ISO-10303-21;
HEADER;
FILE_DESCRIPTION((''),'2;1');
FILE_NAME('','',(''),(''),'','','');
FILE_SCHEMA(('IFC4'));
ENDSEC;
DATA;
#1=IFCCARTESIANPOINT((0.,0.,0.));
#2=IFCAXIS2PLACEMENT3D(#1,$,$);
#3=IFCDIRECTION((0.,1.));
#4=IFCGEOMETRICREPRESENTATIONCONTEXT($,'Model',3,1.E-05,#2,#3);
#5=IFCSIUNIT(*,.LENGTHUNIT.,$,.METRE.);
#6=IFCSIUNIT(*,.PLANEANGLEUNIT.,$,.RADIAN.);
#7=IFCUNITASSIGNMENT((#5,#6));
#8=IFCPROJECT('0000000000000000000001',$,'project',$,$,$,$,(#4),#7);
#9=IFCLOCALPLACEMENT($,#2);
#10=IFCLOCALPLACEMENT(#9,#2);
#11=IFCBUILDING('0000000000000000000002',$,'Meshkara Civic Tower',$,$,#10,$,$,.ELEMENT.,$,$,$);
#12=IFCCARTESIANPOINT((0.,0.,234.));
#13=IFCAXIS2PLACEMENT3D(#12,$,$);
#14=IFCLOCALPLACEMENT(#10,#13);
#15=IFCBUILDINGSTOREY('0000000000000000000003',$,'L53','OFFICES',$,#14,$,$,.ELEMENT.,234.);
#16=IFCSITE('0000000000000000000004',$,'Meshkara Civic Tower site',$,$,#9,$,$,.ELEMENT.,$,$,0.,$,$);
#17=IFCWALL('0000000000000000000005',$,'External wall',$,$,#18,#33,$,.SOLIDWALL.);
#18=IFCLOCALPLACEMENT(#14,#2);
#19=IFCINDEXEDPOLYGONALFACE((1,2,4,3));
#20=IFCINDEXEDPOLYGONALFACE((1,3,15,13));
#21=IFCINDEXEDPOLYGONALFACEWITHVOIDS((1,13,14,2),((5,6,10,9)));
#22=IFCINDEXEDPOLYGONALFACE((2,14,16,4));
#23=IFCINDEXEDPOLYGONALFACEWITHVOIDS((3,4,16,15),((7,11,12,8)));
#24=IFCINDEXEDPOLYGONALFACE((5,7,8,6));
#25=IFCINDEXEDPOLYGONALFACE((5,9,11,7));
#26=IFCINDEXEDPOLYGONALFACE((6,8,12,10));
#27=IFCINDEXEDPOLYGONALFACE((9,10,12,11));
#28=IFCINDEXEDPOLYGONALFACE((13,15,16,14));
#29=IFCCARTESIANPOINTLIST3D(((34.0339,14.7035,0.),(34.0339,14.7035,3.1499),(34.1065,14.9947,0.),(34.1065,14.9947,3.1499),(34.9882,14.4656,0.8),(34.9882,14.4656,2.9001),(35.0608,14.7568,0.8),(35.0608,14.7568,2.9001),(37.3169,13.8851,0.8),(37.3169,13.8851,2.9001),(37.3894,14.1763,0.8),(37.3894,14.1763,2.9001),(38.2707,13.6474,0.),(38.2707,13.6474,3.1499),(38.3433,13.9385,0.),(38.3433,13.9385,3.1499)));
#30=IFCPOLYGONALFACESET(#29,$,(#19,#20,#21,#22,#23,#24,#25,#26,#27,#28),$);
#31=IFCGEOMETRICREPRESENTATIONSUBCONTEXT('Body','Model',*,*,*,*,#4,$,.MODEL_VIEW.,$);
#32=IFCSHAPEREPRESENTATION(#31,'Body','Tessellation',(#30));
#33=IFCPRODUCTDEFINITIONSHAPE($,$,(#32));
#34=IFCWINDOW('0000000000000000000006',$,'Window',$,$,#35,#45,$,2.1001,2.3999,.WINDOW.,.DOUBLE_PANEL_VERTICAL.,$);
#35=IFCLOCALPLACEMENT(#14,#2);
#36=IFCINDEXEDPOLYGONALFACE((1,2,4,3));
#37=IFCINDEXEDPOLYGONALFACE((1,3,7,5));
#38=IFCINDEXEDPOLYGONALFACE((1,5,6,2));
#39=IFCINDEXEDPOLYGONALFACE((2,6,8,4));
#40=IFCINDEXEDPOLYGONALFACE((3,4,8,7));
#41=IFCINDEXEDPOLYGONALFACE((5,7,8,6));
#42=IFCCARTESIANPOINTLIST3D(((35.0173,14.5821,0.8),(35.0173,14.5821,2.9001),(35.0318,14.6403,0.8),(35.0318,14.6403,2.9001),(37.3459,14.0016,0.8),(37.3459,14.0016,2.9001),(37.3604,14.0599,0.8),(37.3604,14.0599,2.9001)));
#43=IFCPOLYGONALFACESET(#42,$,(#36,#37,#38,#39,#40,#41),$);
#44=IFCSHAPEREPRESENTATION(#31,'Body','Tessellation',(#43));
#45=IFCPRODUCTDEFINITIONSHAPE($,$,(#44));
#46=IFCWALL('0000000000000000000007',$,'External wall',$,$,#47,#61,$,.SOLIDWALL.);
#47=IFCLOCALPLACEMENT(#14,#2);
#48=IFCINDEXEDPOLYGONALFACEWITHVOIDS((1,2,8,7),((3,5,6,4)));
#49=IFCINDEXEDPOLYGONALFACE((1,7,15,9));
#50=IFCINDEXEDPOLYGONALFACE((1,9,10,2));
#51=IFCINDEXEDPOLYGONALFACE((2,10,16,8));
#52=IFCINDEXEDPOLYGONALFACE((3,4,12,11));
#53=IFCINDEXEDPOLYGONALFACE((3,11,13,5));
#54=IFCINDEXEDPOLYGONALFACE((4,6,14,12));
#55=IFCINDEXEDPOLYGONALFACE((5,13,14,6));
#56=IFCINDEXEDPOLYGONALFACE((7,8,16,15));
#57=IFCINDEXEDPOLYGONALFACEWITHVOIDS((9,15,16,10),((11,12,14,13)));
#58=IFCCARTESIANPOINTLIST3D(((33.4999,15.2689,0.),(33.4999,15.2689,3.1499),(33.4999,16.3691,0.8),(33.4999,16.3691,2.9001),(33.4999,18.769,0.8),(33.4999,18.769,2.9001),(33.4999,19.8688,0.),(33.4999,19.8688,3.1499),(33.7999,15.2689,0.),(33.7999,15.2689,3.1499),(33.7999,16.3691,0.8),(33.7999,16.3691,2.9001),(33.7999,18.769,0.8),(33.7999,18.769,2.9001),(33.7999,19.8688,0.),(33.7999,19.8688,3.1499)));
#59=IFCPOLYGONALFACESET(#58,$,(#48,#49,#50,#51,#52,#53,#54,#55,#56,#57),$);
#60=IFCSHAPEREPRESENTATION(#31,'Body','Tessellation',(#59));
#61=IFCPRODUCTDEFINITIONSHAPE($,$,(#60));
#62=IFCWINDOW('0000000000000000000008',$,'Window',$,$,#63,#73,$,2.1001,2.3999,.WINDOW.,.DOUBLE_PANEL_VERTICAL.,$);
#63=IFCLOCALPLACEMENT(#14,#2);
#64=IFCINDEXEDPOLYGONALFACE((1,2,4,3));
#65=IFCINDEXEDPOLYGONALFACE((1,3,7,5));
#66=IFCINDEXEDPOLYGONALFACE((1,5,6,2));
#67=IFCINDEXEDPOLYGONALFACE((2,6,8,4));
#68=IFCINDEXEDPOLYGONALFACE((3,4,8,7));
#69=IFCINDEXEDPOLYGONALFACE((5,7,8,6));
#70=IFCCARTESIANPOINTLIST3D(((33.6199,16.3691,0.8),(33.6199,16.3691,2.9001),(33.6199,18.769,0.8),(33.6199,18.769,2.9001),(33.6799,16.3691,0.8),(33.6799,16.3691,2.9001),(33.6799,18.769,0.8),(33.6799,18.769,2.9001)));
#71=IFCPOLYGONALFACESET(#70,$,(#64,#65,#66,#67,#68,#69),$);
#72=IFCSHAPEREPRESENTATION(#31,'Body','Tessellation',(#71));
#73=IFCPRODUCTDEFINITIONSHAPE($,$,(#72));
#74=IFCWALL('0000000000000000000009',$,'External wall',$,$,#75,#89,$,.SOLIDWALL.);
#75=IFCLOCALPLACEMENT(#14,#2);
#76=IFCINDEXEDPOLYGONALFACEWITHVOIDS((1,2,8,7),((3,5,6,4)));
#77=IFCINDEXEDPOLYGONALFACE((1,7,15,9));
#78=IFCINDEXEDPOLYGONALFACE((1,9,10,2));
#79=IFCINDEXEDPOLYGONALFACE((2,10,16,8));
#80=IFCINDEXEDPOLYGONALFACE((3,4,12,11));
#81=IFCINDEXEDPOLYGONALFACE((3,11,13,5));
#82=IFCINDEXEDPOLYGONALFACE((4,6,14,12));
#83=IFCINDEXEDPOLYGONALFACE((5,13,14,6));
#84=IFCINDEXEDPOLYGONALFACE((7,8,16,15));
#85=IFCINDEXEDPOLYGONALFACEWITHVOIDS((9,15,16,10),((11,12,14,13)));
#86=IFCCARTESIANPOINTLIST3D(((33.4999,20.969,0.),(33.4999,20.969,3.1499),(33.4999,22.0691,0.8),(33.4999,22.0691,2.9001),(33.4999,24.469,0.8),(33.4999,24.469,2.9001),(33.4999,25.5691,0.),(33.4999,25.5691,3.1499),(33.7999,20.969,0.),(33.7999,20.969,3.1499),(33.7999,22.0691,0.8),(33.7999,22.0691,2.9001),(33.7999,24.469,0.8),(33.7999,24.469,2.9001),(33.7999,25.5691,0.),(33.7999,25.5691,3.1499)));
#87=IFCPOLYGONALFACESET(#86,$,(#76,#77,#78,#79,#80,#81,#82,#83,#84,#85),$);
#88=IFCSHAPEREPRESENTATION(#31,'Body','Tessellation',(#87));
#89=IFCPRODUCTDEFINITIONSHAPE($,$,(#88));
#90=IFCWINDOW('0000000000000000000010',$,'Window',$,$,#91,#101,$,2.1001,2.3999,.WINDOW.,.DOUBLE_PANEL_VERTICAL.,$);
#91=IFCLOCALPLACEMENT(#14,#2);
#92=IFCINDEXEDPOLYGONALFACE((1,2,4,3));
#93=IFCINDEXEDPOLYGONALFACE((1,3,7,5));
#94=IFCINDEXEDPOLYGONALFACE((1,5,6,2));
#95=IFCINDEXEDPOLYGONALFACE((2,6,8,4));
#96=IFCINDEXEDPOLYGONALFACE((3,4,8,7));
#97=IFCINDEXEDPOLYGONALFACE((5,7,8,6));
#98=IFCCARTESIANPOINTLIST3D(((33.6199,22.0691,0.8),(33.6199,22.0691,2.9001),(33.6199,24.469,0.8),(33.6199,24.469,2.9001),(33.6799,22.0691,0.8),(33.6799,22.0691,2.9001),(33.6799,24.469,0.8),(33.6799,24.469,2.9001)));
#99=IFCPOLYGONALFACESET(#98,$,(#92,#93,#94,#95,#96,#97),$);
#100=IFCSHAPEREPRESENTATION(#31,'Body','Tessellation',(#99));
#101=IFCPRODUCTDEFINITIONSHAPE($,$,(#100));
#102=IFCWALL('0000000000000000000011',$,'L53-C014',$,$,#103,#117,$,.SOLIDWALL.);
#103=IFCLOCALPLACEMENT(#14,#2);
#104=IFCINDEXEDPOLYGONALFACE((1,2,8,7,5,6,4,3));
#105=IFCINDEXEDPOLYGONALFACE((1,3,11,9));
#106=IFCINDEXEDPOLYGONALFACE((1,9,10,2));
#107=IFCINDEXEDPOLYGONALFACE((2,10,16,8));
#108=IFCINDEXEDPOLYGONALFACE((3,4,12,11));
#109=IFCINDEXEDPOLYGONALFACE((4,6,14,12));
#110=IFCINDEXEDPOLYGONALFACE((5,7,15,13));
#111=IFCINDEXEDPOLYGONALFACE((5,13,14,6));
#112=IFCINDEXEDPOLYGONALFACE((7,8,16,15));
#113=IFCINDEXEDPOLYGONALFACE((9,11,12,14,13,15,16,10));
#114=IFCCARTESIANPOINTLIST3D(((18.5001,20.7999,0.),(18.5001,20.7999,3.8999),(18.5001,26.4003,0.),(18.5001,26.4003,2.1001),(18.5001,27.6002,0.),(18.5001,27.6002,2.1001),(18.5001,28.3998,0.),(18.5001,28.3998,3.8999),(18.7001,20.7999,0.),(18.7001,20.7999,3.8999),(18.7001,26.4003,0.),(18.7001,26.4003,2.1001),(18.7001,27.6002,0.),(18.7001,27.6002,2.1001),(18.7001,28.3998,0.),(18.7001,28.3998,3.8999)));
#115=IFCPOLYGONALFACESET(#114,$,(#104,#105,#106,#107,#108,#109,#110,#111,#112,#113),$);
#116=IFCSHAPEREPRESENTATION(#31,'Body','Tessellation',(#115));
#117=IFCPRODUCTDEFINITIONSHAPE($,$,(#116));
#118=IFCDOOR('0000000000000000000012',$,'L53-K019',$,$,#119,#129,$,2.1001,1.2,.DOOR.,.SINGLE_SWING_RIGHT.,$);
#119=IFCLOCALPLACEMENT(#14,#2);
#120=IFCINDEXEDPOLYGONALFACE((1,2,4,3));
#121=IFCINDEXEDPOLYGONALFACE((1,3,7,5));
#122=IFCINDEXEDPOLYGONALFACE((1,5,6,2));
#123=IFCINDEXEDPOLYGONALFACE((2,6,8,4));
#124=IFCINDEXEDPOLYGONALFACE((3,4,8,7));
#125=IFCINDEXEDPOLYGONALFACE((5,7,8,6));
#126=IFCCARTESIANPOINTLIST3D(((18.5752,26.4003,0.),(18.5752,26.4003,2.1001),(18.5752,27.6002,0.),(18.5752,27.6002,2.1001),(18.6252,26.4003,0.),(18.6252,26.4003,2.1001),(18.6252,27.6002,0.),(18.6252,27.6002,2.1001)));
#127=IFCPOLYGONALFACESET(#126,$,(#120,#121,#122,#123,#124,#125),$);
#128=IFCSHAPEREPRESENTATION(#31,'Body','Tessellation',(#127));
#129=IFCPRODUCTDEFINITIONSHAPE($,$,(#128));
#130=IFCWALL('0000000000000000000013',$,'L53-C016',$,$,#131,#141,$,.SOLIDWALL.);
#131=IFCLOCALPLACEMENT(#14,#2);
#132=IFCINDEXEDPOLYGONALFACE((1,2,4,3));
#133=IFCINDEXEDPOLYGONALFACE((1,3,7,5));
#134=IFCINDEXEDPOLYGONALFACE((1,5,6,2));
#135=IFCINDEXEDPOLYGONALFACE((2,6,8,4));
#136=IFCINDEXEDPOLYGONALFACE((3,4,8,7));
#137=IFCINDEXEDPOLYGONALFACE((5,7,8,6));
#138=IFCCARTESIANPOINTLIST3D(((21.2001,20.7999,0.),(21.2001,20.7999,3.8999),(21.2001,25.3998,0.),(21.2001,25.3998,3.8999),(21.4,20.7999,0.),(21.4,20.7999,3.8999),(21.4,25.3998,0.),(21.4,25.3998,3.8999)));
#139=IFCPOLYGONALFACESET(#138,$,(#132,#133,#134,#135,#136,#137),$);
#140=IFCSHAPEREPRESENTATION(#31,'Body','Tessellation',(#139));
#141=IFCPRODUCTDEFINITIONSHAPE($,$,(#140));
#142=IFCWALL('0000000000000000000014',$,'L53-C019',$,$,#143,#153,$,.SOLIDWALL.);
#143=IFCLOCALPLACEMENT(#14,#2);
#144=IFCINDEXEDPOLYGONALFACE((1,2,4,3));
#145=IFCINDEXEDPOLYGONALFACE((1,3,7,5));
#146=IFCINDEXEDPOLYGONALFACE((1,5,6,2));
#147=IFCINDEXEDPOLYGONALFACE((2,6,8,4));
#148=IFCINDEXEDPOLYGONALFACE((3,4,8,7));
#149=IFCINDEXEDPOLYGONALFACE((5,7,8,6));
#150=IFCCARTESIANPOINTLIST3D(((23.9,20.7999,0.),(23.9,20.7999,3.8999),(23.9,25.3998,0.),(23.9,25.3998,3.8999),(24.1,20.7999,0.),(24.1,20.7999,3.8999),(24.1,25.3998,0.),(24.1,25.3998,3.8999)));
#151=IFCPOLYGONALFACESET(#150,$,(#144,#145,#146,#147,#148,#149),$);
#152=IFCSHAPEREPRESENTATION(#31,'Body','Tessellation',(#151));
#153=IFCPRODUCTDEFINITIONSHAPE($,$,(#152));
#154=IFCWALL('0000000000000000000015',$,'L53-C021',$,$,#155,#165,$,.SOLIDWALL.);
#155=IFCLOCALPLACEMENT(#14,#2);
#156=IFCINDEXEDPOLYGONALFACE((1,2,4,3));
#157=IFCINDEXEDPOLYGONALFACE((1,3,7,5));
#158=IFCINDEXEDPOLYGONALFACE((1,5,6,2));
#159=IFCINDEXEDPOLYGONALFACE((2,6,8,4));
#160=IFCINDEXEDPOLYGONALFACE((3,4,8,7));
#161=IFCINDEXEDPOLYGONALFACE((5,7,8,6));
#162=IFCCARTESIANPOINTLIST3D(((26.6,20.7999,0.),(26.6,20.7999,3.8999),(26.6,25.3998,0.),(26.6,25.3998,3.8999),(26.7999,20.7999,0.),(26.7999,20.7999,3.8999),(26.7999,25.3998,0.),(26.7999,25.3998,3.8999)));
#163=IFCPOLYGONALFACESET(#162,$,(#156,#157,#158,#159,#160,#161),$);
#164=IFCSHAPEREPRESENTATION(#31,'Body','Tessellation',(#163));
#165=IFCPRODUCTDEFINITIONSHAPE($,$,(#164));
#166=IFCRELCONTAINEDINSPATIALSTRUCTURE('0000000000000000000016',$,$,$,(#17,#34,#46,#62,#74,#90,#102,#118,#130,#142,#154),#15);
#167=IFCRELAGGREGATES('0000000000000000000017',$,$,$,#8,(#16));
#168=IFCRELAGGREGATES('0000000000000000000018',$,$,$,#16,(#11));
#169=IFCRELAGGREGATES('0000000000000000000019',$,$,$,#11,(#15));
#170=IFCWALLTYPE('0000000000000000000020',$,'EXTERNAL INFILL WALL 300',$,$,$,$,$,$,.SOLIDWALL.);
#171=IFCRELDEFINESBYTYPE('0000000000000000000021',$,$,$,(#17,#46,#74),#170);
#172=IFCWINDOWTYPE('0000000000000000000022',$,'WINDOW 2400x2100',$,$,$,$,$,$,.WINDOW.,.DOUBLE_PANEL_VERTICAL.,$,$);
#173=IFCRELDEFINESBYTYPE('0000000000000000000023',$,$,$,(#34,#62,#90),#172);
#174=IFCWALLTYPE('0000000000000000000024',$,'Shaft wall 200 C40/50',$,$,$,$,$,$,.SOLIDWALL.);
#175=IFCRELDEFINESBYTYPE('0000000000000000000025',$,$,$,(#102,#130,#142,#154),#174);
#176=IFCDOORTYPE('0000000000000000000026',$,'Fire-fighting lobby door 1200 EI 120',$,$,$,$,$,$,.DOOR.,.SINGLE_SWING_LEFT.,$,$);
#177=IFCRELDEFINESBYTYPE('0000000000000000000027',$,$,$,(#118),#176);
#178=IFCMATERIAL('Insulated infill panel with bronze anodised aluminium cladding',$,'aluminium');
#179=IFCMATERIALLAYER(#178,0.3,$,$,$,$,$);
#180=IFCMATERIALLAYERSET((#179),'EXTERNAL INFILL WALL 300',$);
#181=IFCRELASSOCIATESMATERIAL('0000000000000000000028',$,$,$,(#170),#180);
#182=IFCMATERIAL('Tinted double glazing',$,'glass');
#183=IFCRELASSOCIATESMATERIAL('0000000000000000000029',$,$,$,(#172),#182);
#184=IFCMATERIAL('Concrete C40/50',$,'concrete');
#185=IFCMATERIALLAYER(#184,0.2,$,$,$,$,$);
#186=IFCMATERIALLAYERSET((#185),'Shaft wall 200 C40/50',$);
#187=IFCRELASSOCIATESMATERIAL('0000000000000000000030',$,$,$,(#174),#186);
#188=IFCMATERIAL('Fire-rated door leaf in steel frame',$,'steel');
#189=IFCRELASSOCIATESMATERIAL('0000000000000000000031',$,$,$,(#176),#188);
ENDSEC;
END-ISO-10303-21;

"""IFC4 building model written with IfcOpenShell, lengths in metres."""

from ifc_helpers import new_model, si_unit, direction, frame, frame_2d, origin, place, context, subcontext, project, spatial, rectangle, extrude, material, layer, layer_set, type_object, element, fill, save


model = new_model("IFC4")

# Units and contexts
model_context = context("Model", 3, precision=1e-05, world=origin(), true_north=direction((0.0, 1.0)))
body_context = subcontext(model_context, "Body", "Model", "MODEL_VIEW")
ifc_project = project(units=[si_unit("LENGTHUNIT", "METRE"), si_unit("PLANEANGLEUNIT", "RADIAN")], contexts=[model_context])

# Site, building, storey
site_placement = place(None, origin())
site = spatial("IfcSite", under=ifc_project, at=site_placement, Name="Meshkara Civic Tower site", CompositionType="ELEMENT", RefElevation=0.0)
building_placement = place(site_placement, origin())
building = spatial("IfcBuilding", under=site, at=building_placement, Name="Meshkara Civic Tower", CompositionType="ELEMENT")
storey_placement = place(building_placement, frame((0.0, 0.0, 234.0)))
storey = spatial("IfcBuildingStorey", under=building, at=storey_placement, Name="L53", Description="OFFICES", CompositionType="ELEMENT", Elevation=234.0)

# Walls, openings, windows
ifc_material_1 = material(Name="Insulated infill panel with bronze anodised aluminium cladding", Category="aluminium")
ifc_layer_1 = layer(ifc_material_1, 0.3)
ifc_layer_set_1 = layer_set([ifc_layer_1], Name="EXTERNAL INFILL WALL 300")
wall_type_1 = type_object("IfcWallType", Name="EXTERNAL INFILL WALL 300", PredefinedType="SOLIDWALL", material=ifc_layer_set_1)
wall_1_placement = place(storey_placement, frame((38.3069, 13.793, 0.0), z_axis=(0.0, 0.0, 1.0), x_axis=(-0.970307, 0.241878, 0.0)))
wall_1 = element("IfcWall", 1, at=wall_1_placement, inside=storey, type_object=wall_type_1, Name="External wall", PredefinedType="SOLIDWALL", context=body_context, shape_type="SweptSolid", body=[
    extrude(rectangle(XDim=4.3665, YDim=0.3, at=frame_2d((2.1831, 0.0))), origin(), (0.0, 0.0, 1.0), 3.1499),
])
opening_1_placement = place(wall_1_placement, frame((0.9829, 0.0, 0.8)))
opening_1 = element("IfcOpeningElement", 2, at=opening_1_placement, cuts=wall_1, PredefinedType="OPENING", context=body_context, shape_type="SweptSolid", body=[
    extrude(rectangle(XDim=2.3999, YDim=2.1001, at=frame_2d((1.2, 1.05))), frame((0.0, 0.1599, 0.0), z_axis=(0.0, -1.0, 0.0), x_axis=(1.0, 0.0, 0.0)), (0.0, 0.0, 1.0), 0.3201),
])
ifc_material_2 = material(Name="Tinted double glazing", Category="glass")
window_type = type_object("IfcWindowType", Name="WINDOW 2400x2100", PartitioningType="DOUBLE_PANEL_VERTICAL", PredefinedType="WINDOW", material=ifc_material_2)
window_1_placement = place(opening_1_placement, origin())
window_1 = element("IfcWindow", 3, at=window_1_placement, inside=storey, type_object=window_type, Name="Window", OverallHeight=2.1001, OverallWidth=2.3999, PartitioningType="DOUBLE_PANEL_VERTICAL", PredefinedType="WINDOW", context=body_context, shape_type="SweptSolid", body=[
    extrude(rectangle(XDim=2.3999, YDim=2.1001, at=frame_2d((1.2, 1.05))), frame((0.0, 0.03, 0.0), z_axis=(0.0, -1.0, 0.0), x_axis=(1.0, 0.0, 0.0)), (0.0, 0.0, 1.0), 0.0601),
])
fill(opening_1, window_1)
wall_2_placement = place(storey_placement, frame((33.6499, 15.269, 0.0), z_axis=(0.0, 0.0, 1.0), x_axis=(0.0, 1.0, 0.0)))
wall_2 = element("IfcWall", 4, at=wall_2_placement, inside=storey, type_object=wall_type_1, Name="External wall", PredefinedType="SOLIDWALL", context=body_context, shape_type="SweptSolid", body=[
    extrude(rectangle(XDim=4.5999, YDim=0.3, at=frame_2d((2.2998, 0.0))), origin(), (0.0, 0.0, 1.0), 3.1499),
])
opening_2_placement = place(wall_2_placement, frame((1.1001, 0.0, 0.8)))
opening_2 = element("IfcOpeningElement", 5, at=opening_2_placement, cuts=wall_2, PredefinedType="OPENING", context=body_context, shape_type="SweptSolid", body=[
    extrude(rectangle(XDim=2.3999, YDim=2.1001, at=frame_2d((1.2, 1.05))), frame((0.0, 0.1599, 0.0), z_axis=(0.0, -1.0, 0.0), x_axis=(1.0, 0.0, 0.0)), (0.0, 0.0, 1.0), 0.3201),
])
window_2_placement = place(opening_2_placement, origin())
window_2 = element("IfcWindow", 6, at=window_2_placement, inside=storey, type_object=window_type, Name="Window", OverallHeight=2.1001, OverallWidth=2.3999, PartitioningType="DOUBLE_PANEL_VERTICAL", PredefinedType="WINDOW", context=body_context, shape_type="SweptSolid", body=[
    extrude(rectangle(XDim=2.3999, YDim=2.1001, at=frame_2d((1.2, 1.05))), frame((0.0, 0.03, 0.0), z_axis=(0.0, -1.0, 0.0), x_axis=(1.0, 0.0, 0.0)), (0.0, 0.0, 1.0), 0.0601),
])
fill(opening_2, window_2)
wall_3_placement = place(storey_placement, frame((33.6499, 20.969, 0.0), z_axis=(0.0, 0.0, 1.0), x_axis=(0.0, 1.0, 0.0)))
wall_3 = element("IfcWall", 7, at=wall_3_placement, inside=storey, type_object=wall_type_1, Name="External wall", PredefinedType="SOLIDWALL", context=body_context, shape_type="SweptSolid", body=[
    extrude(rectangle(XDim=4.6001, YDim=0.3, at=frame_2d((2.3, 0.0))), origin(), (0.0, 0.0, 1.0), 3.1499),
])
opening_3_placement = place(wall_3_placement, frame((1.1001, 0.0, 0.8)))
opening_3 = element("IfcOpeningElement", 8, at=opening_3_placement, cuts=wall_3, PredefinedType="OPENING", context=body_context, shape_type="SweptSolid", body=[
    extrude(rectangle(XDim=2.3999, YDim=2.1001, at=frame_2d((1.2, 1.05))), frame((0.0, 0.1599, 0.0), z_axis=(0.0, -1.0, 0.0), x_axis=(1.0, 0.0, 0.0)), (0.0, 0.0, 1.0), 0.3201),
])
window_3_placement = place(opening_3_placement, origin())
window_3 = element("IfcWindow", 9, at=window_3_placement, inside=storey, type_object=window_type, Name="Window", OverallHeight=2.1001, OverallWidth=2.3999, PartitioningType="DOUBLE_PANEL_VERTICAL", PredefinedType="WINDOW", context=body_context, shape_type="SweptSolid", body=[
    extrude(rectangle(XDim=2.3999, YDim=2.1001, at=frame_2d((1.2, 1.05))), frame((0.0, 0.03, 0.0), z_axis=(0.0, -1.0, 0.0), x_axis=(1.0, 0.0, 0.0)), (0.0, 0.0, 1.0), 0.0601),
])
fill(opening_3, window_3)

# Wall, opening, door
ifc_material_3 = material(Name="Concrete C40/50", Category="concrete")
ifc_layer_2 = layer(ifc_material_3, 0.2)
ifc_layer_set_2 = layer_set([ifc_layer_2], Name="Shaft wall 200 C40/50")
wall_type_2 = type_object("IfcWallType", Name="Shaft wall 200 C40/50", PredefinedType="SOLIDWALL", material=ifc_layer_set_2)
wall_4_placement = place(storey_placement, frame((18.6001, 20.8, 0.0), z_axis=(0.0, 0.0, 1.0), x_axis=(0.0, 1.0, 0.0)))
wall_4 = element("IfcWall", 10, at=wall_4_placement, inside=storey, type_object=wall_type_2, Name="L53-C014", PredefinedType="SOLIDWALL", context=body_context, shape_type="SweptSolid", body=[
    extrude(rectangle(XDim=7.5999, YDim=0.2, at=frame_2d((3.7998, 0.0))), origin(), (0.0, 0.0, 1.0), 3.8999),
])
opening_4_placement = place(wall_4_placement, frame((5.6001, 0.0, 0.0)))
opening_4 = element("IfcOpeningElement", 11, at=opening_4_placement, cuts=wall_4, PredefinedType="OPENING", context=body_context, shape_type="SweptSolid", body=[
    extrude(rectangle(XDim=1.2, YDim=2.1001, at=frame_2d((0.6001, 1.05))), frame((0.0, 0.1099, 0.0), z_axis=(0.0, -1.0, 0.0), x_axis=(1.0, 0.0, 0.0)), (0.0, 0.0, 1.0), 0.22),
])
ifc_material_4 = material(Name="Fire-rated door leaf in steel frame", Category="steel")
door_type_1 = type_object("IfcDoorType", Name="Fire-fighting lobby door 1200 EI 120", OperationType="SINGLE_SWING_LEFT", PredefinedType="DOOR", material=ifc_material_4)
door_1_placement = place(opening_4_placement, origin())
door_1 = element("IfcDoor", 12, at=door_1_placement, inside=storey, type_object=door_type_1, Name="L53-K019", OperationType="SINGLE_SWING_RIGHT", OverallHeight=2.1001, OverallWidth=1.2, PredefinedType="DOOR", context=body_context, shape_type="SweptSolid", body=[
    extrude(rectangle(XDim=1.2, YDim=2.1001, at=frame_2d((0.6001, 1.05))), frame((0.0, 0.0249, 0.0), z_axis=(0.0, -1.0, 0.0), x_axis=(1.0, 0.0, 0.0)), (0.0, 0.0, 1.0), 0.05),
])
fill(opening_4, door_1)

# Walls
for number, where, z_axis, x_axis, name in (
    (13, (21.3, 20.8, 0.0), (0.0, 0.0, 1.0), (0.0, 1.0, 0.0), "L53-C016"),
    (14, (24.0, 20.8, 0.0), (0.0, 0.0, 1.0), (0.0, 1.0, 0.0), "L53-C019"),
    (15, (26.7, 20.8, 0.0), (0.0, 0.0, 1.0), (0.0, 1.0, 0.0), "L53-C021"),
):
    element("IfcWall", number, at=place(storey_placement, frame(where, z_axis=z_axis, x_axis=x_axis)), inside=storey, type_object=wall_type_2, Name=name, PredefinedType="SOLIDWALL", context=body_context, shape_type="SweptSolid", body=[
        extrude(rectangle(XDim=4.5999, YDim=0.2, at=frame_2d((2.2998, 0.0))), origin(), (0.0, 0.0, 1.0), 3.8999),
    ])

save(model, "model.ifc")
